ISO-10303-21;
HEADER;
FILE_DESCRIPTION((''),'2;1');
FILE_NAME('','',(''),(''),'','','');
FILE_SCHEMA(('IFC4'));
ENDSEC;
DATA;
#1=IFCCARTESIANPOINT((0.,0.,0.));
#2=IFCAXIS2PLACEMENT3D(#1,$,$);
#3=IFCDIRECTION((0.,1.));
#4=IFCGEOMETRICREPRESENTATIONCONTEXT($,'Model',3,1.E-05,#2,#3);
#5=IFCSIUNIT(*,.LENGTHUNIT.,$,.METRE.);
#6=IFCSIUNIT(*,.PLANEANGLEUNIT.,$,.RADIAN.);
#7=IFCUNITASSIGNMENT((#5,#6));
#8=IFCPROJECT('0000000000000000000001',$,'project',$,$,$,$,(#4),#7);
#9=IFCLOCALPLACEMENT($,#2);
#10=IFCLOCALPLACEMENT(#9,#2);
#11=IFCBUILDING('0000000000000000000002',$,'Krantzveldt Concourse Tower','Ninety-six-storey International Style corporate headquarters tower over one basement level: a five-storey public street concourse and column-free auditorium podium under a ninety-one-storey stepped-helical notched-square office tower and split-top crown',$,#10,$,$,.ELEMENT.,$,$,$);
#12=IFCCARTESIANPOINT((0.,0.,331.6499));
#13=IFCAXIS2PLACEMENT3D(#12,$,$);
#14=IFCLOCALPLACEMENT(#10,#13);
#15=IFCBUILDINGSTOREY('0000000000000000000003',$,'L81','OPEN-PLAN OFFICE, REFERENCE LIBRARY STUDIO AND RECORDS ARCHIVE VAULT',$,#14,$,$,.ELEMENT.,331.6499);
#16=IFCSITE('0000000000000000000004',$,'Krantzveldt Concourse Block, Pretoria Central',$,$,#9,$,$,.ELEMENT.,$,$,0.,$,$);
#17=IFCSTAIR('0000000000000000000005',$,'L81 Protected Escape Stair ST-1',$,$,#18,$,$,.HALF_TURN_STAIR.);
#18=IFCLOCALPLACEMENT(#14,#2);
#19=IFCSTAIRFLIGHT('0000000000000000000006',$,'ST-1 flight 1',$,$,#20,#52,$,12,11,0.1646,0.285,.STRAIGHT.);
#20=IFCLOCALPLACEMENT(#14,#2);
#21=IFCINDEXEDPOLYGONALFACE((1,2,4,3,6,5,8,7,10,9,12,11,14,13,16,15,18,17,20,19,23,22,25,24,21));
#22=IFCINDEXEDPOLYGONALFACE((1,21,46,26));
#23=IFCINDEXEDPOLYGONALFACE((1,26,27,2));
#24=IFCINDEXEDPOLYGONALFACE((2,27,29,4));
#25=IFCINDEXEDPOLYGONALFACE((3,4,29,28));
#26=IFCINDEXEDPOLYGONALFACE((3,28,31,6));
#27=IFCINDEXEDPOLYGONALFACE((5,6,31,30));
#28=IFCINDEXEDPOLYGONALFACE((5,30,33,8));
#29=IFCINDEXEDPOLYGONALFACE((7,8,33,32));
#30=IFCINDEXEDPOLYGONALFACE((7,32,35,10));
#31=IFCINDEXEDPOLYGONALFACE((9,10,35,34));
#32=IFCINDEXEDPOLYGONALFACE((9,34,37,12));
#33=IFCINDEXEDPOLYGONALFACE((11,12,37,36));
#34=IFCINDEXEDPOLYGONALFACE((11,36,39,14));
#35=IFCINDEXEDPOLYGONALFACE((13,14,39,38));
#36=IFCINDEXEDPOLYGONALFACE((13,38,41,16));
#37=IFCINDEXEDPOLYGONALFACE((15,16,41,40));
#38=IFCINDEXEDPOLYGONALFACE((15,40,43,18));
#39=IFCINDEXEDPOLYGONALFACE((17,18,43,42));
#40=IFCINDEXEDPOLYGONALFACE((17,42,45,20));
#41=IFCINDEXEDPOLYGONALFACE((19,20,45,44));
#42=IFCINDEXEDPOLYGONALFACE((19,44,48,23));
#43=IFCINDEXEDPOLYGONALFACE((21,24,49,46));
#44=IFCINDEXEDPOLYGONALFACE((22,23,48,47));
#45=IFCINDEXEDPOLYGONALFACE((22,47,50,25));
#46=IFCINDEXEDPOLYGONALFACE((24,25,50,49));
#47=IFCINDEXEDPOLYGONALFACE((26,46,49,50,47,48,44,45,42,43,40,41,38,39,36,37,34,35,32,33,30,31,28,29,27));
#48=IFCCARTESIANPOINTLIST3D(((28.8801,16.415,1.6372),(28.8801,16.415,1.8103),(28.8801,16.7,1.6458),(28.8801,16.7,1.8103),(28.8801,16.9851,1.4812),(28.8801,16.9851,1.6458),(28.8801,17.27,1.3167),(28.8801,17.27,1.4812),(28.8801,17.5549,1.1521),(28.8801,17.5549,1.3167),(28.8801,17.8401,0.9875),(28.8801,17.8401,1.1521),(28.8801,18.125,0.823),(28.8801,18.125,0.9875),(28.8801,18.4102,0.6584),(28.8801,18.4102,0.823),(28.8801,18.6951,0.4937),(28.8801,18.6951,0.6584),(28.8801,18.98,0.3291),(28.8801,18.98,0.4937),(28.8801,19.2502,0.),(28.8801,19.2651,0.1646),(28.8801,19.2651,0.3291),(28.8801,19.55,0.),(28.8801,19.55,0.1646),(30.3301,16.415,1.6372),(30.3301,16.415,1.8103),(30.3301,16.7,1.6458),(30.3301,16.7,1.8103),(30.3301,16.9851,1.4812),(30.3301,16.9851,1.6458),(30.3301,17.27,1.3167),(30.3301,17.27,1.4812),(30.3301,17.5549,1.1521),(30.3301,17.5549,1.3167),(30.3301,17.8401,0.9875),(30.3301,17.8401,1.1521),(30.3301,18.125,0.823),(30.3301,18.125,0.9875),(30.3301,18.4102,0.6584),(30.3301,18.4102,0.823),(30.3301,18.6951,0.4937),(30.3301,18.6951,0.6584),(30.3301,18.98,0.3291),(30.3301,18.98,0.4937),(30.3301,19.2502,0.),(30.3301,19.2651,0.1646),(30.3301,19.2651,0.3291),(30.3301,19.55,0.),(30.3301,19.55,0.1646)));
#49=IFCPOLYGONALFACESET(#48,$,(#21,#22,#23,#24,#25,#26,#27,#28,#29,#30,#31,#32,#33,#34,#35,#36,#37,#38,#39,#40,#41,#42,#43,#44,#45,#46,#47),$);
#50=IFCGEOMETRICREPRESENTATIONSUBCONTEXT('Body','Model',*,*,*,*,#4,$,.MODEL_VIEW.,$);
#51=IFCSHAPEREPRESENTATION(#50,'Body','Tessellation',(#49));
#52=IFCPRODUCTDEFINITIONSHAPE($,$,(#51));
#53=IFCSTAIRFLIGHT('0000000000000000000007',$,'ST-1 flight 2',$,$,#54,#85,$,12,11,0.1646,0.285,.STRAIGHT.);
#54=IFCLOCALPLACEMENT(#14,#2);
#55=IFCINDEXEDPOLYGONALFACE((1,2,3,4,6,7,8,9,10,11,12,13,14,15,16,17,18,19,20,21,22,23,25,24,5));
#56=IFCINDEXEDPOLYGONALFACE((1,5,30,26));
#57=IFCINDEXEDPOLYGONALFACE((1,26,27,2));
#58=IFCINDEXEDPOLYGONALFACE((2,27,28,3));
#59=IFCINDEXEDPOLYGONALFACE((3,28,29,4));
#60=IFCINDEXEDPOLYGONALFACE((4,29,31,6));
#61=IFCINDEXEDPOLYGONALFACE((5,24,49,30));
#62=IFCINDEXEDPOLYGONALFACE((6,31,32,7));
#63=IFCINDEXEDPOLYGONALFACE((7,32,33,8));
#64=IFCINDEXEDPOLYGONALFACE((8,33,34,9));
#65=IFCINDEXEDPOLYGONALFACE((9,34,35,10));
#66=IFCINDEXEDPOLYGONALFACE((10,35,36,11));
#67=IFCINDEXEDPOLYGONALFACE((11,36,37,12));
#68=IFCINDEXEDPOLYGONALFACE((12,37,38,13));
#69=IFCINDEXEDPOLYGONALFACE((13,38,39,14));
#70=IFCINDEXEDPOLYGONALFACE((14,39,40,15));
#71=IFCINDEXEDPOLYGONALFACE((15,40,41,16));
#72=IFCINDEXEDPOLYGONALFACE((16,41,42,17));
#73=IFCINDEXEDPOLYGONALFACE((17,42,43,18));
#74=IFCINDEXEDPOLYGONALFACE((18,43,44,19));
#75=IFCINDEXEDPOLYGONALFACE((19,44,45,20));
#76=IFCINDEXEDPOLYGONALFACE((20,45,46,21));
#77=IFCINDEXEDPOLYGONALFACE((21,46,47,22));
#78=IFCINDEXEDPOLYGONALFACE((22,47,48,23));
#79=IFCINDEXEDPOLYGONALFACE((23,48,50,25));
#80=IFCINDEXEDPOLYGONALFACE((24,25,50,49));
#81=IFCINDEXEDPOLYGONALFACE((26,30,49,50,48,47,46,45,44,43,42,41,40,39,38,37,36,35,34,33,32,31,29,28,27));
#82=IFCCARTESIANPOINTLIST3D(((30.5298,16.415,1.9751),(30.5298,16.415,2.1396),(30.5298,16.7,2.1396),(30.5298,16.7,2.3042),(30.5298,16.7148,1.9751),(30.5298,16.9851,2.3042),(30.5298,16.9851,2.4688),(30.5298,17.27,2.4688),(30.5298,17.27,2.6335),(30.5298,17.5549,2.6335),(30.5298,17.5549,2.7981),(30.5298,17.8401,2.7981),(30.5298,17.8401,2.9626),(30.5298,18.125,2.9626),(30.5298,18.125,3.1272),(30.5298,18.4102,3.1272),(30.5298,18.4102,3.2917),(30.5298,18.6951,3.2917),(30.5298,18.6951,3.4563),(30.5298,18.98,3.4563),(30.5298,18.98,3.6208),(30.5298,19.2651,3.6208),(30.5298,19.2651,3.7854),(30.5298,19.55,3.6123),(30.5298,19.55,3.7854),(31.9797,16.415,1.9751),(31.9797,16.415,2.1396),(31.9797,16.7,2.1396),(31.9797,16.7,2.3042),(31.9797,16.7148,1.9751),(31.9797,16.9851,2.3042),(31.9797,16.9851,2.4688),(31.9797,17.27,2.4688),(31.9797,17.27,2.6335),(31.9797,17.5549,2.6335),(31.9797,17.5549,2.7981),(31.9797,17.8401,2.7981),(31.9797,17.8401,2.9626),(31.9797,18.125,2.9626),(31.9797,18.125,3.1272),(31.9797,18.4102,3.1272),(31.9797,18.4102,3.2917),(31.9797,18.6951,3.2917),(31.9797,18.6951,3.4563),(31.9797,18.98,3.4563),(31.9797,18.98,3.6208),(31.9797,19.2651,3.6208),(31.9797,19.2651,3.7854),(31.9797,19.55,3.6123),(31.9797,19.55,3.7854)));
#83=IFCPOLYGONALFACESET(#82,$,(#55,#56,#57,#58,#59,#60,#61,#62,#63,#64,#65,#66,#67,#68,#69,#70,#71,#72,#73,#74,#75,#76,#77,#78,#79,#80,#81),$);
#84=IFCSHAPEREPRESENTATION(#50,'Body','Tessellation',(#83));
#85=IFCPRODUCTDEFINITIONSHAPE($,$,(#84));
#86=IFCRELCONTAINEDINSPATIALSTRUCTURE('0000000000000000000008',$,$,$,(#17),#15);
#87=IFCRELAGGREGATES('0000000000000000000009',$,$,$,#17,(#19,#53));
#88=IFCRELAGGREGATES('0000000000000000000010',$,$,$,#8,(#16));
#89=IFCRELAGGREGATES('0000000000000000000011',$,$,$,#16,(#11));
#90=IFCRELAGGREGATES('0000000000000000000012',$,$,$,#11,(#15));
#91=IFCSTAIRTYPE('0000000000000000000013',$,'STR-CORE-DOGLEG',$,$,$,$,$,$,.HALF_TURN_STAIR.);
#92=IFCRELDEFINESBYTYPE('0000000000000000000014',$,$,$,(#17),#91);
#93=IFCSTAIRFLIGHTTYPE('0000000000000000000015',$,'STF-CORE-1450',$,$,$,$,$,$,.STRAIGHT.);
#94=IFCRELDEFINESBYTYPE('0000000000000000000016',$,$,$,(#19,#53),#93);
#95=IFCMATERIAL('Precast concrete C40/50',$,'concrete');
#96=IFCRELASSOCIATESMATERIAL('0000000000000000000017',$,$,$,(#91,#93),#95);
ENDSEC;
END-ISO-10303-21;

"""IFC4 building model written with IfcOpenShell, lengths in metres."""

from ifc_helpers import new_model, si_unit, direction, frame, origin, place, context, subcontext, project, spatial, polyline, outline, extrude, material, type_object, element, aggregate, save


model = new_model("IFC4")

# Units and contexts
model_context = context("Model", 3, precision=1e-05, world=origin(), true_north=direction((0.0, 1.0)))
body_context = subcontext(model_context, "Body", "Model", "MODEL_VIEW")
ifc_project = project(units=[si_unit("LENGTHUNIT", "METRE"), si_unit("PLANEANGLEUNIT", "RADIAN")], contexts=[model_context])

# Site, building, storey
site_placement = place(None, origin())
site = spatial("IfcSite", under=ifc_project, at=site_placement, Name="Krantzveldt Concourse Block, Pretoria Central", CompositionType="ELEMENT", RefElevation=0.0)
building_placement = place(site_placement, origin())
building = spatial("IfcBuilding", under=site, at=building_placement, Name="Krantzveldt Concourse Tower", Description="Ninety-six-storey International Style corporate headquarters tower over one basement level: a five-storey public street concourse and column-free auditorium podium under a ninety-one-storey stepped-helical notched-square office tower and split-top crown", CompositionType="ELEMENT")
storey_placement = place(building_placement, frame((0.0, 0.0, 331.6499)))
storey = spatial("IfcBuildingStorey", under=building, at=storey_placement, Name="L81", Description="OPEN-PLAN OFFICE, REFERENCE LIBRARY STUDIO AND RECORDS ARCHIVE VAULT", CompositionType="ELEMENT", Elevation=331.6499)

# Stair, stair flights
ifc_material_1 = material(Name="Precast concrete C40/50", Category="concrete")
stair_type = type_object("IfcStairType", Name="STR-CORE-DOGLEG", PredefinedType="HALF_TURN_STAIR", material=ifc_material_1)
stair_placement = place(storey_placement, origin())
stair = element("IfcStair", 1, at=stair_placement, inside=storey, type_object=stair_type, Name="L81 Protected Escape Stair ST-1", PredefinedType="HALF_TURN_STAIR")
stair_flight_type = type_object("IfcStairFlightType", Name="STF-CORE-1450", PredefinedType="STRAIGHT", material=ifc_material_1)
stair_flight_1_placement = place(storey_placement, frame((29.605, 19.55, 0.0), z_axis=(0.0, 0.0, 1.0), x_axis=(0.0, -1.0, 0.0)))
stair_flight_1 = element("IfcStairFlight", 2, at=stair_flight_1_placement, type_object=stair_flight_type, Name="ST-1 flight 1", NumberOfRisers=12, NumberOfTreads=11, PredefinedType="STRAIGHT", RiserHeight=0.1646, TreadLength=0.285, context=body_context, shape_type="SweptSolid", body=[
    extrude(outline(polyline([(0.0, 0.0), (0.0, 0.1646), (0.2849, 0.1646), (0.2849, 0.3291), (0.5701, 0.3291), (0.5701, 0.4937), (0.855, 0.4937), (0.855, 0.6584), (1.1399, 0.6584), (1.1399, 0.823), (1.425, 0.823), (1.425, 0.9875), (1.71, 0.9875), (1.71, 1.1521), (1.9951, 1.1521), (1.9951, 1.3167), (2.28, 1.3167), (2.28, 1.4812), (2.5649, 1.4812), (2.5649, 1.6458), (2.8501, 1.6458), (2.8501, 1.8103), (3.135, 1.8103), (3.135, 1.9751), (3.135, 1.6372), (0.2998, 0.0), (0.0, 0.0)])), frame((0.0, 0.7251, 0.0), z_axis=(0.0, -1.0, 0.0), x_axis=(1.0, 0.0, 0.0)), (0.0, 0.0, 1.0), 1.45),
])
stair_flight_2_placement = place(storey_placement, frame((31.2549, 16.415, 1.9751), z_axis=(0.0, 0.0, 1.0), x_axis=(0.0, 1.0, 0.0)))
stair_flight_2 = element("IfcStairFlight", 3, at=stair_flight_2_placement, type_object=stair_flight_type, Name="ST-1 flight 2", NumberOfRisers=12, NumberOfTreads=11, PredefinedType="STRAIGHT", RiserHeight=0.1646, TreadLength=0.285, context=body_context, shape_type="SweptSolid", body=[
    extrude(outline(polyline([(0.0, 0.0), (0.0, 0.1646), (0.2849, 0.1646), (0.2849, 0.3291), (0.5701, 0.3291), (0.5701, 0.4937), (0.855, 0.4937), (0.855, 0.6584), (1.1399, 0.6584), (1.1399, 0.823), (1.425, 0.823), (1.425, 0.9875), (1.71, 0.9875), (1.71, 1.1521), (1.9951, 1.1521), (1.9951, 1.3167), (2.28, 1.3167), (2.28, 1.4812), (2.5649, 1.4812), (2.5649, 1.6458), (2.8501, 1.6458), (2.8501, 1.8103), (3.135, 1.8103), (3.135, 1.9751), (3.135, 1.6372), (0.2998, 0.0), (0.0, 0.0)])), frame((0.0, 0.7251, 0.0), z_axis=(0.0, -1.0, 0.0), x_axis=(1.0, 0.0, 0.0)), (0.0, 0.0, 1.0), 1.45),
])
aggregate(stair, [stair_flight_1, stair_flight_2])

save(model, "model.ifc")
